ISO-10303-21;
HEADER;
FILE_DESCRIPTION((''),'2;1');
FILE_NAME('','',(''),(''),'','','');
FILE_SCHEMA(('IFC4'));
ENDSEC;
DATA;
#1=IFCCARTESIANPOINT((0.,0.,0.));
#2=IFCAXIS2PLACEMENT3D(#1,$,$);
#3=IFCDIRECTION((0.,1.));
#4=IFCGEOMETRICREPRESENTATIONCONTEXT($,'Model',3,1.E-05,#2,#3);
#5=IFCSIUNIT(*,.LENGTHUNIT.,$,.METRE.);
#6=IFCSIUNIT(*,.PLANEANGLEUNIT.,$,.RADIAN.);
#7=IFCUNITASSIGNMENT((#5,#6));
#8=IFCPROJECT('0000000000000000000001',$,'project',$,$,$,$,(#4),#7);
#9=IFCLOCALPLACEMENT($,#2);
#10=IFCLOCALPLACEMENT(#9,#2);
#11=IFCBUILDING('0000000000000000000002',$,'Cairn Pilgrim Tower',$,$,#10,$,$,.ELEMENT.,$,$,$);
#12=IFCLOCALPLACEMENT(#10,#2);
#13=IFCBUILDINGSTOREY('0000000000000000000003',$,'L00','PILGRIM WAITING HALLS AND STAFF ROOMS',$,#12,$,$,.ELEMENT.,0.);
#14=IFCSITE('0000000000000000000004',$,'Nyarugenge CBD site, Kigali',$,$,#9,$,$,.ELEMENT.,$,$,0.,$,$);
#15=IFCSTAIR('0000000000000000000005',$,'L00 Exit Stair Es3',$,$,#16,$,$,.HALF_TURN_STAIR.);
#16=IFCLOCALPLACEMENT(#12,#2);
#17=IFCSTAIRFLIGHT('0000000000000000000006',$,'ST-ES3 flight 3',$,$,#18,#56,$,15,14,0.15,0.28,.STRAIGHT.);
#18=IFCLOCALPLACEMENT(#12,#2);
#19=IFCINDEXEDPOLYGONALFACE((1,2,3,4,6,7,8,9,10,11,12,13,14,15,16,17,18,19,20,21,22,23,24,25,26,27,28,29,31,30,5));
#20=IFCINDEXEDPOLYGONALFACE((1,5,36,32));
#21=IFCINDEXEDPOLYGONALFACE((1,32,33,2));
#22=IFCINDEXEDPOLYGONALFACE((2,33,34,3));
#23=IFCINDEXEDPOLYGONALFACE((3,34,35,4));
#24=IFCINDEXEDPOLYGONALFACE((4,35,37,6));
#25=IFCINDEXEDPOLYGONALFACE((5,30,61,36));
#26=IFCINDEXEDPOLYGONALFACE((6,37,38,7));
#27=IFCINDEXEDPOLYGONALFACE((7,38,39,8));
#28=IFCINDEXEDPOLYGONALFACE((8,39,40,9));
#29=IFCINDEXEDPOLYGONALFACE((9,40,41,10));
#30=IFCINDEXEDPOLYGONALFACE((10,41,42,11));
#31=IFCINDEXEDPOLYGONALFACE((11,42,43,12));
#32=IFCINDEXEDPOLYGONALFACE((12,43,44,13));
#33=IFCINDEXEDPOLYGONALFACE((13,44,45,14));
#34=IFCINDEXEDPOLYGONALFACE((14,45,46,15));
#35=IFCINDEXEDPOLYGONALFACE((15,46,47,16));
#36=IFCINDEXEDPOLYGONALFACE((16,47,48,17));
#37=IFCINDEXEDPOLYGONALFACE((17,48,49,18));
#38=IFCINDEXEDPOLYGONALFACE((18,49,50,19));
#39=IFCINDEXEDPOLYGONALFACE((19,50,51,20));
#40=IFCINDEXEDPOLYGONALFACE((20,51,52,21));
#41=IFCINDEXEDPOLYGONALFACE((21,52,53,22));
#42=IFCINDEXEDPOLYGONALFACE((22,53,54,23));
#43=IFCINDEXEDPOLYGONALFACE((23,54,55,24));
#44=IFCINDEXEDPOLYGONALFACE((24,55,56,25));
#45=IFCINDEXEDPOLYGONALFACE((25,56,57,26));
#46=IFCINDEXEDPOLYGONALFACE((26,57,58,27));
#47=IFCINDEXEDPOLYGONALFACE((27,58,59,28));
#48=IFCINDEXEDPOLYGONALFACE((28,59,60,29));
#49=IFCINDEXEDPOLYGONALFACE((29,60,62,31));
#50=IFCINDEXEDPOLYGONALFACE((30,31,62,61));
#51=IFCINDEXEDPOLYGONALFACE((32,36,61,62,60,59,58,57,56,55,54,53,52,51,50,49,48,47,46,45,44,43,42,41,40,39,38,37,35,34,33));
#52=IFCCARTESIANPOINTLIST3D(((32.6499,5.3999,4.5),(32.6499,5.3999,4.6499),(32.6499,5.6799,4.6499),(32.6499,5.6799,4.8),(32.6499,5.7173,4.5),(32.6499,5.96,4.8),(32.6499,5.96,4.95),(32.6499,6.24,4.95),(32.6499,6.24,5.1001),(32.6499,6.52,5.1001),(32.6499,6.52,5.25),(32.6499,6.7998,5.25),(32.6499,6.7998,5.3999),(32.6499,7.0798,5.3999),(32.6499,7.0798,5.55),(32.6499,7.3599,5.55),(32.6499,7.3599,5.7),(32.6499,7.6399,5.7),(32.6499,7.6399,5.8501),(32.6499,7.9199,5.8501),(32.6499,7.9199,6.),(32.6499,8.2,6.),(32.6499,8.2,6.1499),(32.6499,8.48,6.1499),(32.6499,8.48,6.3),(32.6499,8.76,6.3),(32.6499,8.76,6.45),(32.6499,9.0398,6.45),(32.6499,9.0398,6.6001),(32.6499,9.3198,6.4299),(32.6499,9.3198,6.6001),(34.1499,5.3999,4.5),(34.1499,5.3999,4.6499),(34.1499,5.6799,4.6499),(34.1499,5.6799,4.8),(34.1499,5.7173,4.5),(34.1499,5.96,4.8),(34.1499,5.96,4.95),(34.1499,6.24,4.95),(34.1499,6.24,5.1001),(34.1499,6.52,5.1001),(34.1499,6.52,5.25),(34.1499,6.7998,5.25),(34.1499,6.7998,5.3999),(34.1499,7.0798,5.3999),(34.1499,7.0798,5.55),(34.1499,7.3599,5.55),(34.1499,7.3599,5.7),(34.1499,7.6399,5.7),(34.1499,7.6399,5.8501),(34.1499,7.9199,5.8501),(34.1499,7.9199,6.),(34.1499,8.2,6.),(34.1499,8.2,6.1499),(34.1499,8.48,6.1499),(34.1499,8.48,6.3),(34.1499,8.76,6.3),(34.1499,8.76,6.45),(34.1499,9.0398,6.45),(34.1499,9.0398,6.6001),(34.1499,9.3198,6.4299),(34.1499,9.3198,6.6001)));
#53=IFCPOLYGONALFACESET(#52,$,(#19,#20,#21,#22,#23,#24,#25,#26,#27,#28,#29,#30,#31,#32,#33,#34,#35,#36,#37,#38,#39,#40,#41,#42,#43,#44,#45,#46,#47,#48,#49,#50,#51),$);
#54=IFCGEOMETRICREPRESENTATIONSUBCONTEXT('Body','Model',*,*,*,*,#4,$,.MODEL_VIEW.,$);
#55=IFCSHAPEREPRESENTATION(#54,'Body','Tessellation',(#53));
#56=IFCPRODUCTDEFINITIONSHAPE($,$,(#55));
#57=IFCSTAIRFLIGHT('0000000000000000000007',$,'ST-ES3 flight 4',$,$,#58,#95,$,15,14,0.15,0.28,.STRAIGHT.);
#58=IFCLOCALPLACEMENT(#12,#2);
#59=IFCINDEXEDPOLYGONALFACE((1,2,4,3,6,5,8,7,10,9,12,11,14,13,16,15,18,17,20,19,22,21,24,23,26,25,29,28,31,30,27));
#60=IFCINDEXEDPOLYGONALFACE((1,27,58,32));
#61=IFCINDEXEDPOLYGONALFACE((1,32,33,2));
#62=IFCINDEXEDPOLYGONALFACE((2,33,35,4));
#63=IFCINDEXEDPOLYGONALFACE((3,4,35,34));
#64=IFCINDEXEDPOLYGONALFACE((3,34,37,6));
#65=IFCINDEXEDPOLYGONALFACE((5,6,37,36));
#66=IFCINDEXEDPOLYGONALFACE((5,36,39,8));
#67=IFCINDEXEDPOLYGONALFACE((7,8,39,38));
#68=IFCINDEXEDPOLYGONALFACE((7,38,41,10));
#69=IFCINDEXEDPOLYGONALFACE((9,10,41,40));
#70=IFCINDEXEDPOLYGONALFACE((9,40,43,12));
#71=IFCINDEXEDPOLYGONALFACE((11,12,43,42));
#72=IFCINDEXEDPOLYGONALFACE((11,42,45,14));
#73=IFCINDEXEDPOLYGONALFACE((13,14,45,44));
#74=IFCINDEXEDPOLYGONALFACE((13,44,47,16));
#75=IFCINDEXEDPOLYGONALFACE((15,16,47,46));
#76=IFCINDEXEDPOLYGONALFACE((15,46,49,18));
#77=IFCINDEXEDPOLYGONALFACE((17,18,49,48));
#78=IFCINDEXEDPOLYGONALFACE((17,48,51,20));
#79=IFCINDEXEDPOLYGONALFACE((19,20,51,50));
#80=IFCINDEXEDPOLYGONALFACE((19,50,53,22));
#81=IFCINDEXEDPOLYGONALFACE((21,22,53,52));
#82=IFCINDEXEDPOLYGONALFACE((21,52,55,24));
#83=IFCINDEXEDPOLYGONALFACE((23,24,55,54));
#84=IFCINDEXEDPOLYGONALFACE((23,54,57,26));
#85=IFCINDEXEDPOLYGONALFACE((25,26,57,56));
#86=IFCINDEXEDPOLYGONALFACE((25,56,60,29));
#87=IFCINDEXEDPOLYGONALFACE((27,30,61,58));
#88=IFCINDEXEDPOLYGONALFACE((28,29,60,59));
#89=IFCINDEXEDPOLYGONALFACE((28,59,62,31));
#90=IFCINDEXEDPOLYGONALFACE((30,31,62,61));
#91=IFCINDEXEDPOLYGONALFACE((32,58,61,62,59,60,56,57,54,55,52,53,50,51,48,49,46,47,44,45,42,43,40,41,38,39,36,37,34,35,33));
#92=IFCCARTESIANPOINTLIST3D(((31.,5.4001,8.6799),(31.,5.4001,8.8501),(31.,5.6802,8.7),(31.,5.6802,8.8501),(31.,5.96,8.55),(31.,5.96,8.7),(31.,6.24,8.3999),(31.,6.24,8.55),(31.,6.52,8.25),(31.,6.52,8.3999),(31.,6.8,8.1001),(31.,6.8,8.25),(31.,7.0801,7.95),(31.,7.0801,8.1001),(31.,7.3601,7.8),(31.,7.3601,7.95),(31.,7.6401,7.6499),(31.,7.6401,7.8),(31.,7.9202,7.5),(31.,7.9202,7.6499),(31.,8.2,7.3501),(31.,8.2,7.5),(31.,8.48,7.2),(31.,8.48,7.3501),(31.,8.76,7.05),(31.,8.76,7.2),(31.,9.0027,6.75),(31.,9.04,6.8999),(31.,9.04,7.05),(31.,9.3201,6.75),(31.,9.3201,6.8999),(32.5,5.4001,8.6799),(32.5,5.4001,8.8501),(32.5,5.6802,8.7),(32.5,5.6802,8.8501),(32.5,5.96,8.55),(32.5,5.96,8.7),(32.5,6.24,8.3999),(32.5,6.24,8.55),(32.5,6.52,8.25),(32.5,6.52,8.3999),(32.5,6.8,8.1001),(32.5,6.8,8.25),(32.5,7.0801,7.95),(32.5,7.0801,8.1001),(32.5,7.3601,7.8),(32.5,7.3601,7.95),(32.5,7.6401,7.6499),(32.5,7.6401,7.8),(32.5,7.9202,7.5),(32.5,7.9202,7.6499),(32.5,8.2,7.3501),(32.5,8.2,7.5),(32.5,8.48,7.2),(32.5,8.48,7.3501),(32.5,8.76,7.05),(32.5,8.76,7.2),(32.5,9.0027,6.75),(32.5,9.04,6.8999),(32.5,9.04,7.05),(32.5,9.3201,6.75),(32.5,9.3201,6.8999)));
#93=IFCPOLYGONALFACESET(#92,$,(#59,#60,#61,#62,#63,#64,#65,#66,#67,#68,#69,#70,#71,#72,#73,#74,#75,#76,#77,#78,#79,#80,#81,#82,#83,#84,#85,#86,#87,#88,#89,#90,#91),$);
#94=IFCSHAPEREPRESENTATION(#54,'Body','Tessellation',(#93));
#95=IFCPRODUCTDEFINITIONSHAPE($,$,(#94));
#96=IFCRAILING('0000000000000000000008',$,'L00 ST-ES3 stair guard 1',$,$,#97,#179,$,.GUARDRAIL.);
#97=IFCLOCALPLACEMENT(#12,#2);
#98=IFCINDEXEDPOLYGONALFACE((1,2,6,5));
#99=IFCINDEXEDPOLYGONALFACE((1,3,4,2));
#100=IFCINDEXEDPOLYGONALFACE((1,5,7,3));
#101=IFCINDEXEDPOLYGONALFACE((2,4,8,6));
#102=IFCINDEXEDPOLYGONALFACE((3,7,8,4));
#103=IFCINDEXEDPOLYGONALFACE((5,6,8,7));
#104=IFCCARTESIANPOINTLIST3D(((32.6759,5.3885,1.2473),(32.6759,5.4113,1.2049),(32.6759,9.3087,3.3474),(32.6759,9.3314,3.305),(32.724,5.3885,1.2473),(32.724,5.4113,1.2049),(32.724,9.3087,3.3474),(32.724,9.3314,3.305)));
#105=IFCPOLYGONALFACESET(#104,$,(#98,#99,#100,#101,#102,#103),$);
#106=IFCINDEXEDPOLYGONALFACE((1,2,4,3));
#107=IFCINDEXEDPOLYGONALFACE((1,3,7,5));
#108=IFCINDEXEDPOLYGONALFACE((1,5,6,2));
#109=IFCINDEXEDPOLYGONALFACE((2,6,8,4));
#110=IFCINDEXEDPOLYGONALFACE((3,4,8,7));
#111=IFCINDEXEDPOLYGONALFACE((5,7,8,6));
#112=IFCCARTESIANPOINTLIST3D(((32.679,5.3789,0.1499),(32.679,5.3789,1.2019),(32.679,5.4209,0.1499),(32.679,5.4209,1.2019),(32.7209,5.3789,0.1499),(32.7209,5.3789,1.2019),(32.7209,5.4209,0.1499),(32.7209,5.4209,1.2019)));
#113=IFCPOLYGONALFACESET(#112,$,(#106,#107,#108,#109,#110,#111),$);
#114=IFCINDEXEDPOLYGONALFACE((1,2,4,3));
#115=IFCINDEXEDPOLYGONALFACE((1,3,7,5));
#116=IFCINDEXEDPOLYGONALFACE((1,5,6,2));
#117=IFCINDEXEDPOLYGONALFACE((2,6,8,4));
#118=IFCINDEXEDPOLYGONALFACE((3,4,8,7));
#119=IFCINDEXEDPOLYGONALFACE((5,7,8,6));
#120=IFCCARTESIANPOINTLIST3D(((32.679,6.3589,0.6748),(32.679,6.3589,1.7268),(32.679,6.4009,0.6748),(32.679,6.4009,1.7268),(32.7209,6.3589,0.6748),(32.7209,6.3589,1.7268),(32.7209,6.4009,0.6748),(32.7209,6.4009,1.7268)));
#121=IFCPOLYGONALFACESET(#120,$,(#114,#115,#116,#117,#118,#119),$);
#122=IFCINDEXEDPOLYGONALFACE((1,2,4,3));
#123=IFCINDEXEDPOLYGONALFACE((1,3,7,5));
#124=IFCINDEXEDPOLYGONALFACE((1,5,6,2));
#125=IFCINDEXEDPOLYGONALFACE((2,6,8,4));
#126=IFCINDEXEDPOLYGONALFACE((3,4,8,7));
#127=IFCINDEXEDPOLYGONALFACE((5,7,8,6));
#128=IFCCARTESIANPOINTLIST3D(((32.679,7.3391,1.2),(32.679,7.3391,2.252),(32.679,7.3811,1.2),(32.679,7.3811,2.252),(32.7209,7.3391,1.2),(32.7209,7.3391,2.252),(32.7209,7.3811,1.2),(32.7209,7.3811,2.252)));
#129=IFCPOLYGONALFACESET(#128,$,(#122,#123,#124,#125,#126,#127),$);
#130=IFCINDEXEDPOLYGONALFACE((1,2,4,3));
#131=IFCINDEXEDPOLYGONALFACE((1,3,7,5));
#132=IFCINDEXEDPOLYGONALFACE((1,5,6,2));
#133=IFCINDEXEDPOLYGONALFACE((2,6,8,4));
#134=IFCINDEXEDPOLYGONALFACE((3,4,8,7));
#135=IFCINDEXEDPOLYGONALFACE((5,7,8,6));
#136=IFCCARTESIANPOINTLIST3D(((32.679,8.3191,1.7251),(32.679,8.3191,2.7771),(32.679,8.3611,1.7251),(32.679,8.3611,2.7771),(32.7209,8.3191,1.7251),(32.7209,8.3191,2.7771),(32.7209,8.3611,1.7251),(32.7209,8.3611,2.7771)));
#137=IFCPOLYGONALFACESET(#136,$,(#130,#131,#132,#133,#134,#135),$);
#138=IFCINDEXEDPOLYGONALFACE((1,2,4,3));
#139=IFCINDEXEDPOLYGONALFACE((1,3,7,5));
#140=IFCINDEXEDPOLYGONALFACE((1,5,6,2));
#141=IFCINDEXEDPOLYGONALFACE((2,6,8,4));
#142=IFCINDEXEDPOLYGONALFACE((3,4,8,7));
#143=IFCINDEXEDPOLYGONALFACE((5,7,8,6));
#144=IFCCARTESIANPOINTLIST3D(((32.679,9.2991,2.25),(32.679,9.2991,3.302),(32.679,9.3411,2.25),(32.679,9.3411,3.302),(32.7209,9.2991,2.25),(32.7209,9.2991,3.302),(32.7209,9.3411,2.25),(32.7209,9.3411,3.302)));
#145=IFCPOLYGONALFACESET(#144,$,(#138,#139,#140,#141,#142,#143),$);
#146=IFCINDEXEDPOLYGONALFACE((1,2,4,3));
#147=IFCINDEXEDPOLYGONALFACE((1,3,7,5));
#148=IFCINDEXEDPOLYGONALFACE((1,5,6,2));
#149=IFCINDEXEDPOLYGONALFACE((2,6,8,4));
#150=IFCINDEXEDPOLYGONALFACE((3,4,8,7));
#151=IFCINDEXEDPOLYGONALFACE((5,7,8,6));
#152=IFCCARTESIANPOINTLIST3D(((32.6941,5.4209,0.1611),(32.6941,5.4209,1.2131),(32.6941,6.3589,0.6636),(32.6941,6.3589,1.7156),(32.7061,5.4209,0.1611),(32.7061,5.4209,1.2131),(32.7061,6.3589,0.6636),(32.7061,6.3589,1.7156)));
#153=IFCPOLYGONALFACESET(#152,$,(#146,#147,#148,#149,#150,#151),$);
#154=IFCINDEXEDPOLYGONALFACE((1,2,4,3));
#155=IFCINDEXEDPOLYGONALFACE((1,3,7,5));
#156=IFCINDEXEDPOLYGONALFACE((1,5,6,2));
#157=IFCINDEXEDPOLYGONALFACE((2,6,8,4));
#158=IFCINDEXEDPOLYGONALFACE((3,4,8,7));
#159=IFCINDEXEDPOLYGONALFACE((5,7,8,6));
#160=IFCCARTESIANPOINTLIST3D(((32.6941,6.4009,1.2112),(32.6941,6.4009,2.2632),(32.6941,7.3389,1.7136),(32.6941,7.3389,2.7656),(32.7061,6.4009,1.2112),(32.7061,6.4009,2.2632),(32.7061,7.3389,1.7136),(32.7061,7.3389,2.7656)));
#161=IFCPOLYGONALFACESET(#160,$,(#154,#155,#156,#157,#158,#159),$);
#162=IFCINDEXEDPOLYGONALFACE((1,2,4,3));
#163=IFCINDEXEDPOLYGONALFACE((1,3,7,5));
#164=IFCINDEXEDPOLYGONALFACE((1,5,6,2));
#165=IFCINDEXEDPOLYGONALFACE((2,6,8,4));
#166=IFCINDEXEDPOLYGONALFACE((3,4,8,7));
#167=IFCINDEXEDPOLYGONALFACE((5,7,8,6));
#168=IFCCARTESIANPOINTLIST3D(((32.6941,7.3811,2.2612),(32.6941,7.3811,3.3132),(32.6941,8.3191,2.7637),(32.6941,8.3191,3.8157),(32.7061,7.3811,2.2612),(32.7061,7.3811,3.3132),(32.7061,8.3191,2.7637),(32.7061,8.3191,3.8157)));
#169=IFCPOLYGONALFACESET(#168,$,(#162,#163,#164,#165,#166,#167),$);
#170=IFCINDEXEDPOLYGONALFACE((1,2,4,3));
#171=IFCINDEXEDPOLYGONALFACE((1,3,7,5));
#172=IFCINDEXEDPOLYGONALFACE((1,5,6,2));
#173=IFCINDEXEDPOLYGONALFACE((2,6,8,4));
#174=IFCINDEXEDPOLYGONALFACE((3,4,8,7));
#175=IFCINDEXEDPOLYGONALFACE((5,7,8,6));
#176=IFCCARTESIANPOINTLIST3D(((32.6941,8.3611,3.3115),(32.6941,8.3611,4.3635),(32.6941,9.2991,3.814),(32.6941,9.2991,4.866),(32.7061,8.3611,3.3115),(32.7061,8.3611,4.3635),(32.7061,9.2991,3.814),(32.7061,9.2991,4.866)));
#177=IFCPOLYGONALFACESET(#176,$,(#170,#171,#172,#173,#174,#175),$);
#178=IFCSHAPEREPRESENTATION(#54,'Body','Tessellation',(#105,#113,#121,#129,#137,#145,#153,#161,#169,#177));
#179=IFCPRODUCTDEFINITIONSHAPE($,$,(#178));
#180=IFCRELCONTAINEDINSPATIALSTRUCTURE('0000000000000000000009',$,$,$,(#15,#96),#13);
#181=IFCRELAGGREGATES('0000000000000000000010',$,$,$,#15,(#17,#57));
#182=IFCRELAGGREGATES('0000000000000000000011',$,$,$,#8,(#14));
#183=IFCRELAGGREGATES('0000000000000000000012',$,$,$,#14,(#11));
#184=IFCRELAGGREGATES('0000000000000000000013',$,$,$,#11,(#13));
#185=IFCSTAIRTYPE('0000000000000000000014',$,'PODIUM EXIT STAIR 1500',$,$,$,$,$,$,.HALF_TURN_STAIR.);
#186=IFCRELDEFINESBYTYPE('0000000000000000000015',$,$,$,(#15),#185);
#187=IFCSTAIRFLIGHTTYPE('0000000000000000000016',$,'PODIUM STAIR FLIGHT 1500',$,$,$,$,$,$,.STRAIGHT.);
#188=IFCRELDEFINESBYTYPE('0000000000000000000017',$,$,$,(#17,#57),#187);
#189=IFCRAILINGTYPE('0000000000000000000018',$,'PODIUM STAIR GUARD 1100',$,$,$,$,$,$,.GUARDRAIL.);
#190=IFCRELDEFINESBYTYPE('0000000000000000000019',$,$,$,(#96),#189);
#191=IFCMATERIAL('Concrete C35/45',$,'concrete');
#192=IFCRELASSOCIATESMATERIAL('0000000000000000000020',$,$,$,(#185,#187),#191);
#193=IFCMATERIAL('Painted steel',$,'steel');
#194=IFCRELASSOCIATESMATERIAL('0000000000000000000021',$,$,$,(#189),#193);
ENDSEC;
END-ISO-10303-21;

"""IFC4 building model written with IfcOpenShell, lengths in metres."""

from ifc_helpers import new_model, si_unit, direction, frame, origin, origin_2d, place, context, subcontext, project, spatial, polyline, rectangle, outline, extrude, material, type_object, element, aggregate, save


model = new_model("IFC4")

# Units and contexts
model_context = context("Model", 3, precision=1e-05, world=origin(), true_north=direction((0.0, 1.0)))
body_context = subcontext(model_context, "Body", "Model", "MODEL_VIEW")
ifc_project = project(units=[si_unit("LENGTHUNIT", "METRE"), si_unit("PLANEANGLEUNIT", "RADIAN")], contexts=[model_context])

# Site, building, storey
site_placement = place(None, origin())
site = spatial("IfcSite", under=ifc_project, at=site_placement, Name="Nyarugenge CBD site, Kigali", CompositionType="ELEMENT", RefElevation=0.0)
building_placement = place(site_placement, origin())
building = spatial("IfcBuilding", under=site, at=building_placement, Name="Cairn Pilgrim Tower", CompositionType="ELEMENT")
storey_placement = place(building_placement, origin())
storey = spatial("IfcBuildingStorey", under=building, at=storey_placement, Name="L00", Description="PILGRIM WAITING HALLS AND STAFF ROOMS", CompositionType="ELEMENT", Elevation=0.0)

# Shared definitions
ifc_material_1 = material(Name="Concrete C35/45", Category="concrete")

# Stair, stair flights
stair_type = type_object("IfcStairType", Name="PODIUM EXIT STAIR 1500", PredefinedType="HALF_TURN_STAIR", material=ifc_material_1)
stair_placement = place(storey_placement, origin())
stair = element("IfcStair", 1, at=stair_placement, inside=storey, type_object=stair_type, Name="L00 Exit Stair Es3", PredefinedType="HALF_TURN_STAIR")
stair_flight_type = type_object("IfcStairFlightType", Name="PODIUM STAIR FLIGHT 1500", PredefinedType="STRAIGHT", material=ifc_material_1)
stair_flight_1_placement = place(storey_placement, frame((33.3999, 5.3999, 4.5), z_axis=(0.0, 0.0, 1.0), x_axis=(0.0, 1.0, 0.0)))
stair_flight_1 = element("IfcStairFlight", 2, at=stair_flight_1_placement, type_object=stair_flight_type, Name="ST-ES3 flight 3", NumberOfRisers=15, NumberOfTreads=14, PredefinedType="STRAIGHT", RiserHeight=0.15, TreadLength=0.28, context=body_context, shape_type="SweptSolid", body=[
    extrude(outline(polyline([(0.0, 0.0), (0.0, 0.1499), (0.28, 0.1499), (0.28, 0.3), (0.5601, 0.3), (0.5601, 0.45), (0.8401, 0.45), (0.8401, 0.6001), (1.1201, 0.6001), (1.1201, 0.75), (1.3999, 0.75), (1.3999, 0.8999), (1.6799, 0.8999), (1.6799, 1.05), (1.96, 1.05), (1.96, 1.2), (2.24, 1.2), (2.24, 1.3501), (2.52, 1.3501), (2.52, 1.5), (2.8, 1.5), (2.8, 1.6499), (3.0801, 1.6499), (3.0801, 1.8), (3.3601, 1.8), (3.3601, 1.95), (3.6399, 1.95), (3.6399, 2.1001), (3.9199, 2.1001), (3.9199, 2.25), (3.9199, 1.9299), (0.3174, 0.0), (0.0, 0.0)])), frame((0.0, 0.75, 0.0), z_axis=(0.0, -1.0, 0.0), x_axis=(1.0, 0.0, 0.0)), (0.0, 0.0, 1.0), 1.5),
])
stair_flight_2_placement = place(storey_placement, frame((31.75, 9.3201, 6.75), z_axis=(0.0, 0.0, 1.0), x_axis=(0.0, -1.0, 0.0)))
stair_flight_2 = element("IfcStairFlight", 3, at=stair_flight_2_placement, type_object=stair_flight_type, Name="ST-ES3 flight 4", NumberOfRisers=15, NumberOfTreads=14, PredefinedType="STRAIGHT", RiserHeight=0.15, TreadLength=0.28, context=body_context, shape_type="SweptSolid", body=[
    extrude(outline(polyline([(0.0, 0.0), (0.0, 0.1499), (0.28, 0.1499), (0.28, 0.3), (0.5601, 0.3), (0.5601, 0.45), (0.8401, 0.45), (0.8401, 0.6001), (1.1201, 0.6001), (1.1201, 0.75), (1.3999, 0.75), (1.3999, 0.8999), (1.6799, 0.8999), (1.6799, 1.05), (1.96, 1.05), (1.96, 1.2), (2.24, 1.2), (2.24, 1.3501), (2.52, 1.3501), (2.52, 1.5), (2.8, 1.5), (2.8, 1.6499), (3.0801, 1.6499), (3.0801, 1.8), (3.3601, 1.8), (3.3601, 1.95), (3.6399, 1.95), (3.6399, 2.1001), (3.9199, 2.1001), (3.9199, 2.25), (3.9199, 1.9299), (0.3174, 0.0), (0.0, 0.0)])), frame((0.0, 0.75, 0.0), z_axis=(0.0, -1.0, 0.0), x_axis=(1.0, 0.0, 0.0)), (0.0, 0.0, 1.0), 1.5),
])
aggregate(stair, [stair_flight_1, stair_flight_2])

# Railing
ifc_material_2 = material(Name="Painted steel", Category="steel")
railing_type_1 = type_object("IfcRailingType", Name="PODIUM STAIR GUARD 1100", PredefinedType="GUARDRAIL", material=ifc_material_2)
railing_1_placement = place(storey_placement, frame((32.7, 5.3999, 0.1499)))
element("IfcRailing", 4, at=railing_1_placement, inside=storey, type_object=railing_type_1, Name="L00 ST-ES3 stair guard 1", PredefinedType="GUARDRAIL", context=body_context, shape_type="SweptSolid", body=[
    extrude(rectangle(XDim=0.0481, YDim=0.0481, at=origin_2d()), frame((0.0, 0.0, 1.0762), z_axis=(0.0, 0.881479, 0.472223), x_axis=(-1.0, 0.0, 0.0)), (0.0, 0.0, 1.0), 4.4473),
    extrude(rectangle(XDim=0.042, YDim=0.042, at=origin_2d()), origin(), (0.0, 0.0, 1.0), 1.052),
    extrude(rectangle(XDim=0.042, YDim=0.042, at=origin_2d()), frame((0.0, 0.98, 0.5249)), (0.0, 0.0, 1.0), 1.052),
    extrude(rectangle(XDim=0.042, YDim=0.042, at=origin_2d()), frame((0.0, 1.9602, 1.05)), (0.0, 0.0, 1.0), 1.052),
    extrude(rectangle(XDim=0.042, YDim=0.042, at=origin_2d()), frame((0.0, 2.9402, 1.5752)), (0.0, 0.0, 1.0), 1.052),
    extrude(rectangle(XDim=0.042, YDim=0.042, at=origin_2d()), frame((0.0, 3.9202, 2.1001)), (0.0, 0.0, 1.0), 1.052),
    extrude(outline(polyline([(0.021, 0.0112), (0.959, 0.5137), (0.959, 1.5657), (0.021, 1.0632), (0.021, 0.0112)])), frame((-0.0059, 0.0, 0.0), z_axis=(1.0, 0.0, 0.0), x_axis=(0.0, 1.0, 0.0)), (0.0, 0.0, 1.0), 0.012),
    extrude(outline(polyline([(0.021, 0.5364), (0.959, 1.0388), (0.959, 2.0908), (0.021, 1.5884), (0.021, 0.5364)])), frame((-0.0059, 0.98, 0.5249), z_axis=(1.0, 0.0, 0.0), x_axis=(0.0, 1.0, 0.0)), (0.0, 0.0, 1.0), 0.012),
    extrude(outline(polyline([(0.021, 1.0613), (0.959, 1.5637), (0.959, 2.6157), (0.021, 2.1133), (0.021, 1.0613)])), frame((-0.0059, 1.9602, 1.05), z_axis=(1.0, 0.0, 0.0), x_axis=(0.0, 1.0, 0.0)), (0.0, 0.0, 1.0), 0.012),
    extrude(outline(polyline([(0.021, 1.5864), (0.959, 2.0889), (0.959, 3.1409), (0.021, 2.6384), (0.021, 1.5864)])), frame((-0.0059, 2.9402, 1.5752), z_axis=(1.0, 0.0, 0.0), x_axis=(0.0, 1.0, 0.0)), (0.0, 0.0, 1.0), 0.012),
])

save(model, "model.ifc")
